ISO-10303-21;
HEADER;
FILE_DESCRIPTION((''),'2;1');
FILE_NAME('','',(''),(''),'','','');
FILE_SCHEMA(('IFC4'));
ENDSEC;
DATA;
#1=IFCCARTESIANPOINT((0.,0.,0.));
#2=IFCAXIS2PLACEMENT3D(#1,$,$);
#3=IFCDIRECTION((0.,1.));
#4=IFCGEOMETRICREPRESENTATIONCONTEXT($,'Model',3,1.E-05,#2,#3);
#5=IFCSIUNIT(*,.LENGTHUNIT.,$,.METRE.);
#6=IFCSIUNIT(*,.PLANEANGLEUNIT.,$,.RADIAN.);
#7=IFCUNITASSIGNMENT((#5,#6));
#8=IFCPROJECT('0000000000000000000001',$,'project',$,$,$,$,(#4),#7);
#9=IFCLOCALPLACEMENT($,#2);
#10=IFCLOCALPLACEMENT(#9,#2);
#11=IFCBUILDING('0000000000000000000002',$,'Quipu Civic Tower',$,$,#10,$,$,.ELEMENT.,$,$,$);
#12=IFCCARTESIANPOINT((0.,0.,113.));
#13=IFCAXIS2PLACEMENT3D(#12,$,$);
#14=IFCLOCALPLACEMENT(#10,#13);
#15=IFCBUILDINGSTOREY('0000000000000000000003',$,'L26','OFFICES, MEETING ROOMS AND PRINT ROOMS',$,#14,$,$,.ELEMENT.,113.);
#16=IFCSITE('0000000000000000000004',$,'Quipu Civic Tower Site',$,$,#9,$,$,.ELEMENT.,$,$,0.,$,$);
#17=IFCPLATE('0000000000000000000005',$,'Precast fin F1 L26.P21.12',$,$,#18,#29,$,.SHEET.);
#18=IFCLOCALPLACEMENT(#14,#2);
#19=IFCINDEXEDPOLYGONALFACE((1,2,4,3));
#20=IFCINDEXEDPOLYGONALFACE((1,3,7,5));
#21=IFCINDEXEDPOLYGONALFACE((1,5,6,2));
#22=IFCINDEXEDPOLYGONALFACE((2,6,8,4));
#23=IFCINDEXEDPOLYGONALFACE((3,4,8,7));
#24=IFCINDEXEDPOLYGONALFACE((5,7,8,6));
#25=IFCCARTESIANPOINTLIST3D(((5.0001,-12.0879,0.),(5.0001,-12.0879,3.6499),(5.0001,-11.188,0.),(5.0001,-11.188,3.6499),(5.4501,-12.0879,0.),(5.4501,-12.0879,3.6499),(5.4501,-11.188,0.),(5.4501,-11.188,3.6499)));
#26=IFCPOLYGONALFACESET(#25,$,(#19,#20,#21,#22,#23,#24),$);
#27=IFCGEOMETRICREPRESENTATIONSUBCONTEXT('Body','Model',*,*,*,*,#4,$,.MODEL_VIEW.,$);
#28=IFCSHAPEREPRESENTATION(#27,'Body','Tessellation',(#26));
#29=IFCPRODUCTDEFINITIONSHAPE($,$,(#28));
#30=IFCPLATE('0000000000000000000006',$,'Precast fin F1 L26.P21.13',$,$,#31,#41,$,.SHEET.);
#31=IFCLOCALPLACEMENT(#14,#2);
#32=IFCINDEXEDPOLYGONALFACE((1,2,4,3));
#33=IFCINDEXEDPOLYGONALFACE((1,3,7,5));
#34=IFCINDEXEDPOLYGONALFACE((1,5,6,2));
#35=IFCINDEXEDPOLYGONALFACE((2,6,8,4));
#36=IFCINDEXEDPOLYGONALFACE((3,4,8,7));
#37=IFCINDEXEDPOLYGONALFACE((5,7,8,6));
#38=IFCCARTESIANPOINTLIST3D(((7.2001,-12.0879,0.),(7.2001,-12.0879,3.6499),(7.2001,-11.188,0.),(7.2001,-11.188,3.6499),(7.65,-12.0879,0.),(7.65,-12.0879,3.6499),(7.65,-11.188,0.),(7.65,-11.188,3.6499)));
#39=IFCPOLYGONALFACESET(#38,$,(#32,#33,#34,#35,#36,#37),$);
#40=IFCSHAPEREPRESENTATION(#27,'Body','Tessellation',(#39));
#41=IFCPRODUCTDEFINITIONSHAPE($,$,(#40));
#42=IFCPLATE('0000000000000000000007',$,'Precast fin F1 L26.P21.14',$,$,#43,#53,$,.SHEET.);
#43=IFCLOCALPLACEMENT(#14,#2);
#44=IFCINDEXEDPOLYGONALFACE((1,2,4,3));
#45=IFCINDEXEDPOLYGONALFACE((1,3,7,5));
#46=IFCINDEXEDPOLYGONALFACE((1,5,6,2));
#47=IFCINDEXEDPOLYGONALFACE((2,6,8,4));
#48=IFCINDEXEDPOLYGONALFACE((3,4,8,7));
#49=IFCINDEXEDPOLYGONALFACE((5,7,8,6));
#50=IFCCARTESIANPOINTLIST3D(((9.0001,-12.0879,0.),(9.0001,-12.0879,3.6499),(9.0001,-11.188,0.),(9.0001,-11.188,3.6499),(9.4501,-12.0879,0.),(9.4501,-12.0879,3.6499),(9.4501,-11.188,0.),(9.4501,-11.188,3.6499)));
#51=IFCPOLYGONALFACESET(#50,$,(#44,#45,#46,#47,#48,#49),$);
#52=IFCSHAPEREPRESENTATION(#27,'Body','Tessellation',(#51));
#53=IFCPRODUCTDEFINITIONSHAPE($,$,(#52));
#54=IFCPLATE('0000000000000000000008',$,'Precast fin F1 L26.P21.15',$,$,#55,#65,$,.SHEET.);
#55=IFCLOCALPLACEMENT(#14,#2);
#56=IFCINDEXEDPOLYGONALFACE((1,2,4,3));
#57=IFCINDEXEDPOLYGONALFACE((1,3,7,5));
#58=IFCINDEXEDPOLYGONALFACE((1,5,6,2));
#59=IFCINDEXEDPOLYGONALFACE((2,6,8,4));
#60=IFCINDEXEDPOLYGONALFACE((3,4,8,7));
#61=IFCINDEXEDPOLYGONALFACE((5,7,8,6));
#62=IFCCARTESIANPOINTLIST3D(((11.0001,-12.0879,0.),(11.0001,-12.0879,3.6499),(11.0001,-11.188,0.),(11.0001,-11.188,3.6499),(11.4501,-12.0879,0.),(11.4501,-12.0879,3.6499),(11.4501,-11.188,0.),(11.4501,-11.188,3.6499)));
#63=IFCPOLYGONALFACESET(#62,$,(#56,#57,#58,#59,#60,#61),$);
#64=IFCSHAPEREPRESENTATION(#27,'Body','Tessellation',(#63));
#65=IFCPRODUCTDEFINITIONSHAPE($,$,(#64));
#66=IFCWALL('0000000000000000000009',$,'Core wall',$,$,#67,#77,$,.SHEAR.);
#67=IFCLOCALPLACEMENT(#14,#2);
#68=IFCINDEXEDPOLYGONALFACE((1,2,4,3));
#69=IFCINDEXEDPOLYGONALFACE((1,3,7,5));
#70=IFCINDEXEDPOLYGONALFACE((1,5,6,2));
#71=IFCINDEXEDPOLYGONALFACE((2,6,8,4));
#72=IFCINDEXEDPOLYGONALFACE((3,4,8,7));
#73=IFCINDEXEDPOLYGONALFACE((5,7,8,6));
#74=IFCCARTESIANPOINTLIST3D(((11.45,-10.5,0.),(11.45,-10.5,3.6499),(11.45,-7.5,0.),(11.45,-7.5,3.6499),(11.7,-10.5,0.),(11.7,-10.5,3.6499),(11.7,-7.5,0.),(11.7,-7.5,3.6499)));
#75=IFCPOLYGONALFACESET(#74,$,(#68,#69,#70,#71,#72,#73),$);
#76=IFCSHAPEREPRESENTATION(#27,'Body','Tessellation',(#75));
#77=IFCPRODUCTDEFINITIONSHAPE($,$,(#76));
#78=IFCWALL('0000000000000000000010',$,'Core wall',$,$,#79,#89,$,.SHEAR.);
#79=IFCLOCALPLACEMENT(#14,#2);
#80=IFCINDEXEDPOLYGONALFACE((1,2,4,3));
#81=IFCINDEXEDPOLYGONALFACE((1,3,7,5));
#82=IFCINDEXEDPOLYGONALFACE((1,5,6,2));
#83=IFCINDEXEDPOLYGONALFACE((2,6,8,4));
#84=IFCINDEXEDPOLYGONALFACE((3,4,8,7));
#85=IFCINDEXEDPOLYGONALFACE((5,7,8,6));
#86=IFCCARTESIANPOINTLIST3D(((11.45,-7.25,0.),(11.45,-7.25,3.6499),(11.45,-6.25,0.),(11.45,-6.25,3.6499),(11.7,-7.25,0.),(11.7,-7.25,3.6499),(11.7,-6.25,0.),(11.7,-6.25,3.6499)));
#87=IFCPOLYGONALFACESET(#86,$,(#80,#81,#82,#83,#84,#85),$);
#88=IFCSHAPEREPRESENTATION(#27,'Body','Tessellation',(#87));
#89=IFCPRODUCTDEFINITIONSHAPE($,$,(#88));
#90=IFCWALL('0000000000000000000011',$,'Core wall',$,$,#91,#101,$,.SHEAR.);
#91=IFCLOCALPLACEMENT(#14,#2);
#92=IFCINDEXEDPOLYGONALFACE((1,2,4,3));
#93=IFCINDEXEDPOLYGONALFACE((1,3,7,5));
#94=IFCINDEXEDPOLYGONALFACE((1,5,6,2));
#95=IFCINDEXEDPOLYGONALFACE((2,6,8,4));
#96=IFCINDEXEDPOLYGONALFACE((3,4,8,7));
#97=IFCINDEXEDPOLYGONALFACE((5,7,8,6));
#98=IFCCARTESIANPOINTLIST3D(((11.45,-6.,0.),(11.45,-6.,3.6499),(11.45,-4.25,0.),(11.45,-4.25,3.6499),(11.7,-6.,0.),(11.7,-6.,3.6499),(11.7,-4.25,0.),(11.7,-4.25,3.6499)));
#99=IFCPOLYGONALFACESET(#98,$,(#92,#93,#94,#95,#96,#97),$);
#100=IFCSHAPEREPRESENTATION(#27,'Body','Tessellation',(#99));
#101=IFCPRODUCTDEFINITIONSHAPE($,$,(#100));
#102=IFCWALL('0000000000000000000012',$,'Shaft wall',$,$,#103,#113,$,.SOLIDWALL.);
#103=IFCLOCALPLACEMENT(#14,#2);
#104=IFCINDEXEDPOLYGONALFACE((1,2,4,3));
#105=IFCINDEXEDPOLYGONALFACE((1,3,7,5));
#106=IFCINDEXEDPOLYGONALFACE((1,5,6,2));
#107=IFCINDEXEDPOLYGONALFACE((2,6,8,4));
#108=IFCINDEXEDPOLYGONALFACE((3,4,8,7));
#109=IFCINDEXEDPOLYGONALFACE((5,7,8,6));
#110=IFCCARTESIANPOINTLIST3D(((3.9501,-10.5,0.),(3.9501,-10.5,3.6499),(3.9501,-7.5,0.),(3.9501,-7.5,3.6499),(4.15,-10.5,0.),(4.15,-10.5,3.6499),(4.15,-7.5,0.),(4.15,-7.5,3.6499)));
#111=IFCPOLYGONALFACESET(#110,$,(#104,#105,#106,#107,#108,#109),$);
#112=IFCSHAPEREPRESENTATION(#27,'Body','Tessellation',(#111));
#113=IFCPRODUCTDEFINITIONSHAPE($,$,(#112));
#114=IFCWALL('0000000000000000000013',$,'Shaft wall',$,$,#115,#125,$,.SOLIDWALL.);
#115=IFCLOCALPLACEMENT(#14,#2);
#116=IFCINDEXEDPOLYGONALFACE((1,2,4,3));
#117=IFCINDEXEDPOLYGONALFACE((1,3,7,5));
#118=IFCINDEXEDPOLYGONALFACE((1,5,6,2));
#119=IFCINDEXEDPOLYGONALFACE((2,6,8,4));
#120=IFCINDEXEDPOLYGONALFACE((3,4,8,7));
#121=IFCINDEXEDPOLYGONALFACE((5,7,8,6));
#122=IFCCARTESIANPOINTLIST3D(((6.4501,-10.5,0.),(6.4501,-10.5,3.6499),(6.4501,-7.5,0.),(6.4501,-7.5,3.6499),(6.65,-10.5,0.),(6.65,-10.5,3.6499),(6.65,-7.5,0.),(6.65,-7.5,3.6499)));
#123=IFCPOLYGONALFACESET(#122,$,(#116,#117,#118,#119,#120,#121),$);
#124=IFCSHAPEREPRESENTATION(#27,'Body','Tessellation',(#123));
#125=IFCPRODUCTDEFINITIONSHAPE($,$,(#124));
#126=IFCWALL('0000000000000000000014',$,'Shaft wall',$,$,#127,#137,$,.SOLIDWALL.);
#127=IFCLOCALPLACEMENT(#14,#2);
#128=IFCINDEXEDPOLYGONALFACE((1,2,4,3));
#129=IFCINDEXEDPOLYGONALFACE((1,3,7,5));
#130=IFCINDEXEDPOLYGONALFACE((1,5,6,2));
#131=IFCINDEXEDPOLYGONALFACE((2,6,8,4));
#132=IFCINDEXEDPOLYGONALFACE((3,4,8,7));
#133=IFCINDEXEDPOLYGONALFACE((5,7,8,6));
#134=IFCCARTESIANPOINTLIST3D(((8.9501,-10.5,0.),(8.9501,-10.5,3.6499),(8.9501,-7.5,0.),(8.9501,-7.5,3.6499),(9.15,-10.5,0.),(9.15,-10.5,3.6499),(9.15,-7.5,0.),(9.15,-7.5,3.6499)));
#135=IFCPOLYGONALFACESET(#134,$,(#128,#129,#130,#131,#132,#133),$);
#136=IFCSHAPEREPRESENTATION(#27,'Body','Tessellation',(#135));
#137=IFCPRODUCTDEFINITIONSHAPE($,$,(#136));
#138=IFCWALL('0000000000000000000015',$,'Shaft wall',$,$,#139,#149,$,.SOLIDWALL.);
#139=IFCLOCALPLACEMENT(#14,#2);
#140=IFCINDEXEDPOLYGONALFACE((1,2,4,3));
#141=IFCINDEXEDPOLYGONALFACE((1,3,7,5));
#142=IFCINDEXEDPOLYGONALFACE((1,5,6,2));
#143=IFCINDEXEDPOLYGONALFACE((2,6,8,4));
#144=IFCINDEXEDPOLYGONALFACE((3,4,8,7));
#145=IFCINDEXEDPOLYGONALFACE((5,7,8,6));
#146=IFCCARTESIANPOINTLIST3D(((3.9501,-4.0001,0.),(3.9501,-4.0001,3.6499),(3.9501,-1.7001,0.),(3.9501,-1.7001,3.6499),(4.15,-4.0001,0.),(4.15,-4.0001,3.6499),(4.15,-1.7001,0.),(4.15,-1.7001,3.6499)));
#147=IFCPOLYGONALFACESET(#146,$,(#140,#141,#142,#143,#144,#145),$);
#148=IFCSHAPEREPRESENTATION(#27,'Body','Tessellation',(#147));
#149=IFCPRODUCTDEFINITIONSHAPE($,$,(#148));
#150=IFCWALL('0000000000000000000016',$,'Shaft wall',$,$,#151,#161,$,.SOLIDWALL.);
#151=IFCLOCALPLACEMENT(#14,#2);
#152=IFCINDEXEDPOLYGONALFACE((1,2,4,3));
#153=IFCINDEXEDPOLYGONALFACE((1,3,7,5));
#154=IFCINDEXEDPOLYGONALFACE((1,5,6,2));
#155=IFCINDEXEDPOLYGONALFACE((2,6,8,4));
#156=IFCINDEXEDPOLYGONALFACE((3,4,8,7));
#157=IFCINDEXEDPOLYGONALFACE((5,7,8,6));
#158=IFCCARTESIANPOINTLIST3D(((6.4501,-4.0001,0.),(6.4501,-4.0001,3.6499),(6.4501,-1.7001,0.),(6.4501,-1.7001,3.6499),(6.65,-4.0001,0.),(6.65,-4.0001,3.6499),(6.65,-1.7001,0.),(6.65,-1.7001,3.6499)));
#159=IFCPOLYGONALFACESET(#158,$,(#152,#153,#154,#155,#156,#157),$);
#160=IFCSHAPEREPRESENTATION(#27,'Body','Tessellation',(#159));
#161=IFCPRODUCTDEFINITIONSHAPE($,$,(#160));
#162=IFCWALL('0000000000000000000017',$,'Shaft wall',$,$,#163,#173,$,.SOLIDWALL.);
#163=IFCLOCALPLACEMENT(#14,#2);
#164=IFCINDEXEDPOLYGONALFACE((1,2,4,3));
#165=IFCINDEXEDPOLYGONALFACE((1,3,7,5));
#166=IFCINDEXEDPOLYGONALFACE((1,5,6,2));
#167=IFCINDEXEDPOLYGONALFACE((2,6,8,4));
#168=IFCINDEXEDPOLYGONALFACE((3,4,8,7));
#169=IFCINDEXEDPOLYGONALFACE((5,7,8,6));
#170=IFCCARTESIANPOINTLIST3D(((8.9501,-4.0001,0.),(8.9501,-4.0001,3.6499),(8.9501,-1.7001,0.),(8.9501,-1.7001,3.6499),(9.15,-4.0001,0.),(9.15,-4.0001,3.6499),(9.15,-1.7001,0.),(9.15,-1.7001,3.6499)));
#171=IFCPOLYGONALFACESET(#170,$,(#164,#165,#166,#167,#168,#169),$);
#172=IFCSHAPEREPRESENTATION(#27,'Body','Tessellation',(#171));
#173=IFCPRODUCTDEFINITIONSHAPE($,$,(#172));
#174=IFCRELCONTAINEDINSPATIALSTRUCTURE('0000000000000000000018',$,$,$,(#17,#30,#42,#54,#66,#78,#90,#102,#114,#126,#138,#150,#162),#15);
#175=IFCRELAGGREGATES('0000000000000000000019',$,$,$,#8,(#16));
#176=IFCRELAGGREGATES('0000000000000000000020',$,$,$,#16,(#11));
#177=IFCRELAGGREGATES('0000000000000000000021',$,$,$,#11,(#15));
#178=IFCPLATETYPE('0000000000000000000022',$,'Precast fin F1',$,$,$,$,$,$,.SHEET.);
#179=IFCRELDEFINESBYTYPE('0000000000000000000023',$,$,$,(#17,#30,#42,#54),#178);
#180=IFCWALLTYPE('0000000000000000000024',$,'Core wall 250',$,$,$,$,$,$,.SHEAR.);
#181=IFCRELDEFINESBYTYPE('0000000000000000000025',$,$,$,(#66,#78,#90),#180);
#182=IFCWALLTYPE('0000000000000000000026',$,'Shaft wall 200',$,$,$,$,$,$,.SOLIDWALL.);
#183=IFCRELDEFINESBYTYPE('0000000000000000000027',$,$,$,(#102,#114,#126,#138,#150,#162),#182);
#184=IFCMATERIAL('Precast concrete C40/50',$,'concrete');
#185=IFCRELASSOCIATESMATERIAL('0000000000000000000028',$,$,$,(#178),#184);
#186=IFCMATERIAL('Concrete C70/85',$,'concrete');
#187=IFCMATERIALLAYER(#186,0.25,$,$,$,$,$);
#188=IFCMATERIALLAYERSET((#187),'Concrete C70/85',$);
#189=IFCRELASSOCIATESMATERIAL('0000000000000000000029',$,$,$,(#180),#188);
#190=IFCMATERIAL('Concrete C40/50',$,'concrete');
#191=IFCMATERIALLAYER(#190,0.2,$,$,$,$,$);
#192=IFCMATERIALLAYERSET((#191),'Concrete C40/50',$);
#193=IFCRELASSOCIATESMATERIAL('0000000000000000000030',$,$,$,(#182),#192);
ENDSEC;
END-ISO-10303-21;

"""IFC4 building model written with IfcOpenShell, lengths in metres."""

from ifc_helpers import new_model, si_unit, direction, frame, frame_2d, origin, origin_2d, place, context, subcontext, project, spatial, rectangle, extrude, material, layer, layer_set, type_object, element, save


model = new_model("IFC4")

# Units and contexts
model_context = context("Model", 3, precision=1e-05, world=origin(), true_north=direction((0.0, 1.0)))
body_context = subcontext(model_context, "Body", "Model", "MODEL_VIEW")
ifc_project = project(units=[si_unit("LENGTHUNIT", "METRE"), si_unit("PLANEANGLEUNIT", "RADIAN")], contexts=[model_context])

# Site, building, storey
site_placement = place(None, origin())
site = spatial("IfcSite", under=ifc_project, at=site_placement, Name="Quipu Civic Tower Site", CompositionType="ELEMENT", RefElevation=0.0)
building_placement = place(site_placement, origin())
building = spatial("IfcBuilding", under=site, at=building_placement, Name="Quipu Civic Tower", CompositionType="ELEMENT")
storey_placement = place(building_placement, frame((0.0, 0.0, 113.0)))
storey = spatial("IfcBuildingStorey", under=building, at=storey_placement, Name="L26", Description="OFFICES, MEETING ROOMS AND PRINT ROOMS", CompositionType="ELEMENT", Elevation=113.0)

# Plates
ifc_material_1 = material(Name="Precast concrete C40/50", Category="concrete")
plate_type = type_object("IfcPlateType", Name="Precast fin F1", PredefinedType="SHEET", material=ifc_material_1)
for number, where, z_axis, x_axis, name in (
    (1, (5.2251, -11.6379, 0.0), (0.0, 0.0, 1.0), (1.0, 0.0, 0.0), "Precast fin F1 L26.P21.12"),
    (2, (7.425, -11.6379, 0.0), (0.0, 0.0, 1.0), (1.0, 0.0, 0.0), "Precast fin F1 L26.P21.13"),
    (3, (9.2251, -11.6379, 0.0), (0.0, 0.0, 1.0), (1.0, 0.0, 0.0), "Precast fin F1 L26.P21.14"),
    (4, (11.2251, -11.6379, 0.0), (0.0, 0.0, 1.0), (1.0, 0.0, 0.0), "Precast fin F1 L26.P21.15"),
):
    element("IfcPlate", number, at=place(storey_placement, frame(where, z_axis=z_axis, x_axis=x_axis)), inside=storey, type_object=plate_type, Name=name, PredefinedType="SHEET", context=body_context, shape_type="SweptSolid", body=[
        extrude(rectangle(XDim=0.45, YDim=0.8999, at=origin_2d()), origin(), (0.0, 0.0, 1.0), 3.6499),
    ])

# Walls
ifc_material_2 = material(Name="Concrete C70/85", Category="concrete")
ifc_layer_1 = layer(ifc_material_2, 0.25)
ifc_layer_set_1 = layer_set([ifc_layer_1], Name="Concrete C70/85")
wall_type_1 = type_object("IfcWallType", Name="Core wall 250", PredefinedType="SHEAR", material=ifc_layer_set_1)
wall_1_placement = place(storey_placement, frame((11.575, -10.5, 0.0), z_axis=(0.0, 0.0, 1.0), x_axis=(0.0, 1.0, 0.0)))
element("IfcWall", 5, at=wall_1_placement, inside=storey, type_object=wall_type_1, Name="Core wall", PredefinedType="SHEAR", context=body_context, shape_type="SweptSolid", body=[
    extrude(rectangle(XDim=3.0, YDim=0.25, at=frame_2d((1.5, 0.0))), origin(), (0.0, 0.0, 1.0), 3.6499),
])
wall_2_placement = place(storey_placement, frame((11.575, -7.25, 0.0), z_axis=(0.0, 0.0, 1.0), x_axis=(0.0, 1.0, 0.0)))
element("IfcWall", 6, at=wall_2_placement, inside=storey, type_object=wall_type_1, Name="Core wall", PredefinedType="SHEAR", context=body_context, shape_type="SweptSolid", body=[
    extrude(rectangle(XDim=1.0, YDim=0.25, at=frame_2d((0.5, 0.0))), origin(), (0.0, 0.0, 1.0), 3.6499),
])
wall_3_placement = place(storey_placement, frame((11.575, -6.0, 0.0), z_axis=(0.0, 0.0, 1.0), x_axis=(0.0, 1.0, 0.0)))
element("IfcWall", 7, at=wall_3_placement, inside=storey, type_object=wall_type_1, Name="Core wall", PredefinedType="SHEAR", context=body_context, shape_type="SweptSolid", body=[
    extrude(rectangle(XDim=1.75, YDim=0.25, at=frame_2d((0.875, 0.0))), origin(), (0.0, 0.0, 1.0), 3.6499),
])
ifc_material_3 = material(Name="Concrete C40/50", Category="concrete")
ifc_layer_2 = layer(ifc_material_3, 0.2)
ifc_layer_set_2 = layer_set([ifc_layer_2], Name="Concrete C40/50")
wall_type_2 = type_object("IfcWallType", Name="Shaft wall 200", PredefinedType="SOLIDWALL", material=ifc_layer_set_2)
for number, where, z_axis, x_axis, name in (
    (8, (4.05, -10.5, 0.0), (0.0, 0.0, 1.0), (0.0, 1.0, 0.0), "Shaft wall"),
    (9, (6.55, -10.5, 0.0), (0.0, 0.0, 1.0), (0.0, 1.0, 0.0), "Shaft wall"),
    (10, (9.05, -10.5, 0.0), (0.0, 0.0, 1.0), (0.0, 1.0, 0.0), "Shaft wall"),
):
    element("IfcWall", number, at=place(storey_placement, frame(where, z_axis=z_axis, x_axis=x_axis)), inside=storey, type_object=wall_type_2, Name=name, PredefinedType="SOLIDWALL", context=body_context, shape_type="SweptSolid", body=[
        extrude(rectangle(XDim=3.0, YDim=0.2, at=frame_2d((1.5, 0.0))), origin(), (0.0, 0.0, 1.0), 3.6499),
    ])
for number, where, z_axis, x_axis, name in (
    (11, (4.05, -4.0, 0.0), (0.0, 0.0, 1.0), (0.0, 1.0, 0.0), "Shaft wall"),
    (12, (6.55, -4.0, 0.0), (0.0, 0.0, 1.0), (0.0, 1.0, 0.0), "Shaft wall"),
    (13, (9.05, -4.0, 0.0), (0.0, 0.0, 1.0), (0.0, 1.0, 0.0), "Shaft wall"),
):
    element("IfcWall", number, at=place(storey_placement, frame(where, z_axis=z_axis, x_axis=x_axis)), inside=storey, type_object=wall_type_2, Name=name, PredefinedType="SOLIDWALL", context=body_context, shape_type="SweptSolid", body=[
        extrude(rectangle(XDim=2.3, YDim=0.2, at=frame_2d((1.1499, 0.0))), origin(), (0.0, 0.0, 1.0), 3.6499),
    ])

save(model, "model.ifc")
